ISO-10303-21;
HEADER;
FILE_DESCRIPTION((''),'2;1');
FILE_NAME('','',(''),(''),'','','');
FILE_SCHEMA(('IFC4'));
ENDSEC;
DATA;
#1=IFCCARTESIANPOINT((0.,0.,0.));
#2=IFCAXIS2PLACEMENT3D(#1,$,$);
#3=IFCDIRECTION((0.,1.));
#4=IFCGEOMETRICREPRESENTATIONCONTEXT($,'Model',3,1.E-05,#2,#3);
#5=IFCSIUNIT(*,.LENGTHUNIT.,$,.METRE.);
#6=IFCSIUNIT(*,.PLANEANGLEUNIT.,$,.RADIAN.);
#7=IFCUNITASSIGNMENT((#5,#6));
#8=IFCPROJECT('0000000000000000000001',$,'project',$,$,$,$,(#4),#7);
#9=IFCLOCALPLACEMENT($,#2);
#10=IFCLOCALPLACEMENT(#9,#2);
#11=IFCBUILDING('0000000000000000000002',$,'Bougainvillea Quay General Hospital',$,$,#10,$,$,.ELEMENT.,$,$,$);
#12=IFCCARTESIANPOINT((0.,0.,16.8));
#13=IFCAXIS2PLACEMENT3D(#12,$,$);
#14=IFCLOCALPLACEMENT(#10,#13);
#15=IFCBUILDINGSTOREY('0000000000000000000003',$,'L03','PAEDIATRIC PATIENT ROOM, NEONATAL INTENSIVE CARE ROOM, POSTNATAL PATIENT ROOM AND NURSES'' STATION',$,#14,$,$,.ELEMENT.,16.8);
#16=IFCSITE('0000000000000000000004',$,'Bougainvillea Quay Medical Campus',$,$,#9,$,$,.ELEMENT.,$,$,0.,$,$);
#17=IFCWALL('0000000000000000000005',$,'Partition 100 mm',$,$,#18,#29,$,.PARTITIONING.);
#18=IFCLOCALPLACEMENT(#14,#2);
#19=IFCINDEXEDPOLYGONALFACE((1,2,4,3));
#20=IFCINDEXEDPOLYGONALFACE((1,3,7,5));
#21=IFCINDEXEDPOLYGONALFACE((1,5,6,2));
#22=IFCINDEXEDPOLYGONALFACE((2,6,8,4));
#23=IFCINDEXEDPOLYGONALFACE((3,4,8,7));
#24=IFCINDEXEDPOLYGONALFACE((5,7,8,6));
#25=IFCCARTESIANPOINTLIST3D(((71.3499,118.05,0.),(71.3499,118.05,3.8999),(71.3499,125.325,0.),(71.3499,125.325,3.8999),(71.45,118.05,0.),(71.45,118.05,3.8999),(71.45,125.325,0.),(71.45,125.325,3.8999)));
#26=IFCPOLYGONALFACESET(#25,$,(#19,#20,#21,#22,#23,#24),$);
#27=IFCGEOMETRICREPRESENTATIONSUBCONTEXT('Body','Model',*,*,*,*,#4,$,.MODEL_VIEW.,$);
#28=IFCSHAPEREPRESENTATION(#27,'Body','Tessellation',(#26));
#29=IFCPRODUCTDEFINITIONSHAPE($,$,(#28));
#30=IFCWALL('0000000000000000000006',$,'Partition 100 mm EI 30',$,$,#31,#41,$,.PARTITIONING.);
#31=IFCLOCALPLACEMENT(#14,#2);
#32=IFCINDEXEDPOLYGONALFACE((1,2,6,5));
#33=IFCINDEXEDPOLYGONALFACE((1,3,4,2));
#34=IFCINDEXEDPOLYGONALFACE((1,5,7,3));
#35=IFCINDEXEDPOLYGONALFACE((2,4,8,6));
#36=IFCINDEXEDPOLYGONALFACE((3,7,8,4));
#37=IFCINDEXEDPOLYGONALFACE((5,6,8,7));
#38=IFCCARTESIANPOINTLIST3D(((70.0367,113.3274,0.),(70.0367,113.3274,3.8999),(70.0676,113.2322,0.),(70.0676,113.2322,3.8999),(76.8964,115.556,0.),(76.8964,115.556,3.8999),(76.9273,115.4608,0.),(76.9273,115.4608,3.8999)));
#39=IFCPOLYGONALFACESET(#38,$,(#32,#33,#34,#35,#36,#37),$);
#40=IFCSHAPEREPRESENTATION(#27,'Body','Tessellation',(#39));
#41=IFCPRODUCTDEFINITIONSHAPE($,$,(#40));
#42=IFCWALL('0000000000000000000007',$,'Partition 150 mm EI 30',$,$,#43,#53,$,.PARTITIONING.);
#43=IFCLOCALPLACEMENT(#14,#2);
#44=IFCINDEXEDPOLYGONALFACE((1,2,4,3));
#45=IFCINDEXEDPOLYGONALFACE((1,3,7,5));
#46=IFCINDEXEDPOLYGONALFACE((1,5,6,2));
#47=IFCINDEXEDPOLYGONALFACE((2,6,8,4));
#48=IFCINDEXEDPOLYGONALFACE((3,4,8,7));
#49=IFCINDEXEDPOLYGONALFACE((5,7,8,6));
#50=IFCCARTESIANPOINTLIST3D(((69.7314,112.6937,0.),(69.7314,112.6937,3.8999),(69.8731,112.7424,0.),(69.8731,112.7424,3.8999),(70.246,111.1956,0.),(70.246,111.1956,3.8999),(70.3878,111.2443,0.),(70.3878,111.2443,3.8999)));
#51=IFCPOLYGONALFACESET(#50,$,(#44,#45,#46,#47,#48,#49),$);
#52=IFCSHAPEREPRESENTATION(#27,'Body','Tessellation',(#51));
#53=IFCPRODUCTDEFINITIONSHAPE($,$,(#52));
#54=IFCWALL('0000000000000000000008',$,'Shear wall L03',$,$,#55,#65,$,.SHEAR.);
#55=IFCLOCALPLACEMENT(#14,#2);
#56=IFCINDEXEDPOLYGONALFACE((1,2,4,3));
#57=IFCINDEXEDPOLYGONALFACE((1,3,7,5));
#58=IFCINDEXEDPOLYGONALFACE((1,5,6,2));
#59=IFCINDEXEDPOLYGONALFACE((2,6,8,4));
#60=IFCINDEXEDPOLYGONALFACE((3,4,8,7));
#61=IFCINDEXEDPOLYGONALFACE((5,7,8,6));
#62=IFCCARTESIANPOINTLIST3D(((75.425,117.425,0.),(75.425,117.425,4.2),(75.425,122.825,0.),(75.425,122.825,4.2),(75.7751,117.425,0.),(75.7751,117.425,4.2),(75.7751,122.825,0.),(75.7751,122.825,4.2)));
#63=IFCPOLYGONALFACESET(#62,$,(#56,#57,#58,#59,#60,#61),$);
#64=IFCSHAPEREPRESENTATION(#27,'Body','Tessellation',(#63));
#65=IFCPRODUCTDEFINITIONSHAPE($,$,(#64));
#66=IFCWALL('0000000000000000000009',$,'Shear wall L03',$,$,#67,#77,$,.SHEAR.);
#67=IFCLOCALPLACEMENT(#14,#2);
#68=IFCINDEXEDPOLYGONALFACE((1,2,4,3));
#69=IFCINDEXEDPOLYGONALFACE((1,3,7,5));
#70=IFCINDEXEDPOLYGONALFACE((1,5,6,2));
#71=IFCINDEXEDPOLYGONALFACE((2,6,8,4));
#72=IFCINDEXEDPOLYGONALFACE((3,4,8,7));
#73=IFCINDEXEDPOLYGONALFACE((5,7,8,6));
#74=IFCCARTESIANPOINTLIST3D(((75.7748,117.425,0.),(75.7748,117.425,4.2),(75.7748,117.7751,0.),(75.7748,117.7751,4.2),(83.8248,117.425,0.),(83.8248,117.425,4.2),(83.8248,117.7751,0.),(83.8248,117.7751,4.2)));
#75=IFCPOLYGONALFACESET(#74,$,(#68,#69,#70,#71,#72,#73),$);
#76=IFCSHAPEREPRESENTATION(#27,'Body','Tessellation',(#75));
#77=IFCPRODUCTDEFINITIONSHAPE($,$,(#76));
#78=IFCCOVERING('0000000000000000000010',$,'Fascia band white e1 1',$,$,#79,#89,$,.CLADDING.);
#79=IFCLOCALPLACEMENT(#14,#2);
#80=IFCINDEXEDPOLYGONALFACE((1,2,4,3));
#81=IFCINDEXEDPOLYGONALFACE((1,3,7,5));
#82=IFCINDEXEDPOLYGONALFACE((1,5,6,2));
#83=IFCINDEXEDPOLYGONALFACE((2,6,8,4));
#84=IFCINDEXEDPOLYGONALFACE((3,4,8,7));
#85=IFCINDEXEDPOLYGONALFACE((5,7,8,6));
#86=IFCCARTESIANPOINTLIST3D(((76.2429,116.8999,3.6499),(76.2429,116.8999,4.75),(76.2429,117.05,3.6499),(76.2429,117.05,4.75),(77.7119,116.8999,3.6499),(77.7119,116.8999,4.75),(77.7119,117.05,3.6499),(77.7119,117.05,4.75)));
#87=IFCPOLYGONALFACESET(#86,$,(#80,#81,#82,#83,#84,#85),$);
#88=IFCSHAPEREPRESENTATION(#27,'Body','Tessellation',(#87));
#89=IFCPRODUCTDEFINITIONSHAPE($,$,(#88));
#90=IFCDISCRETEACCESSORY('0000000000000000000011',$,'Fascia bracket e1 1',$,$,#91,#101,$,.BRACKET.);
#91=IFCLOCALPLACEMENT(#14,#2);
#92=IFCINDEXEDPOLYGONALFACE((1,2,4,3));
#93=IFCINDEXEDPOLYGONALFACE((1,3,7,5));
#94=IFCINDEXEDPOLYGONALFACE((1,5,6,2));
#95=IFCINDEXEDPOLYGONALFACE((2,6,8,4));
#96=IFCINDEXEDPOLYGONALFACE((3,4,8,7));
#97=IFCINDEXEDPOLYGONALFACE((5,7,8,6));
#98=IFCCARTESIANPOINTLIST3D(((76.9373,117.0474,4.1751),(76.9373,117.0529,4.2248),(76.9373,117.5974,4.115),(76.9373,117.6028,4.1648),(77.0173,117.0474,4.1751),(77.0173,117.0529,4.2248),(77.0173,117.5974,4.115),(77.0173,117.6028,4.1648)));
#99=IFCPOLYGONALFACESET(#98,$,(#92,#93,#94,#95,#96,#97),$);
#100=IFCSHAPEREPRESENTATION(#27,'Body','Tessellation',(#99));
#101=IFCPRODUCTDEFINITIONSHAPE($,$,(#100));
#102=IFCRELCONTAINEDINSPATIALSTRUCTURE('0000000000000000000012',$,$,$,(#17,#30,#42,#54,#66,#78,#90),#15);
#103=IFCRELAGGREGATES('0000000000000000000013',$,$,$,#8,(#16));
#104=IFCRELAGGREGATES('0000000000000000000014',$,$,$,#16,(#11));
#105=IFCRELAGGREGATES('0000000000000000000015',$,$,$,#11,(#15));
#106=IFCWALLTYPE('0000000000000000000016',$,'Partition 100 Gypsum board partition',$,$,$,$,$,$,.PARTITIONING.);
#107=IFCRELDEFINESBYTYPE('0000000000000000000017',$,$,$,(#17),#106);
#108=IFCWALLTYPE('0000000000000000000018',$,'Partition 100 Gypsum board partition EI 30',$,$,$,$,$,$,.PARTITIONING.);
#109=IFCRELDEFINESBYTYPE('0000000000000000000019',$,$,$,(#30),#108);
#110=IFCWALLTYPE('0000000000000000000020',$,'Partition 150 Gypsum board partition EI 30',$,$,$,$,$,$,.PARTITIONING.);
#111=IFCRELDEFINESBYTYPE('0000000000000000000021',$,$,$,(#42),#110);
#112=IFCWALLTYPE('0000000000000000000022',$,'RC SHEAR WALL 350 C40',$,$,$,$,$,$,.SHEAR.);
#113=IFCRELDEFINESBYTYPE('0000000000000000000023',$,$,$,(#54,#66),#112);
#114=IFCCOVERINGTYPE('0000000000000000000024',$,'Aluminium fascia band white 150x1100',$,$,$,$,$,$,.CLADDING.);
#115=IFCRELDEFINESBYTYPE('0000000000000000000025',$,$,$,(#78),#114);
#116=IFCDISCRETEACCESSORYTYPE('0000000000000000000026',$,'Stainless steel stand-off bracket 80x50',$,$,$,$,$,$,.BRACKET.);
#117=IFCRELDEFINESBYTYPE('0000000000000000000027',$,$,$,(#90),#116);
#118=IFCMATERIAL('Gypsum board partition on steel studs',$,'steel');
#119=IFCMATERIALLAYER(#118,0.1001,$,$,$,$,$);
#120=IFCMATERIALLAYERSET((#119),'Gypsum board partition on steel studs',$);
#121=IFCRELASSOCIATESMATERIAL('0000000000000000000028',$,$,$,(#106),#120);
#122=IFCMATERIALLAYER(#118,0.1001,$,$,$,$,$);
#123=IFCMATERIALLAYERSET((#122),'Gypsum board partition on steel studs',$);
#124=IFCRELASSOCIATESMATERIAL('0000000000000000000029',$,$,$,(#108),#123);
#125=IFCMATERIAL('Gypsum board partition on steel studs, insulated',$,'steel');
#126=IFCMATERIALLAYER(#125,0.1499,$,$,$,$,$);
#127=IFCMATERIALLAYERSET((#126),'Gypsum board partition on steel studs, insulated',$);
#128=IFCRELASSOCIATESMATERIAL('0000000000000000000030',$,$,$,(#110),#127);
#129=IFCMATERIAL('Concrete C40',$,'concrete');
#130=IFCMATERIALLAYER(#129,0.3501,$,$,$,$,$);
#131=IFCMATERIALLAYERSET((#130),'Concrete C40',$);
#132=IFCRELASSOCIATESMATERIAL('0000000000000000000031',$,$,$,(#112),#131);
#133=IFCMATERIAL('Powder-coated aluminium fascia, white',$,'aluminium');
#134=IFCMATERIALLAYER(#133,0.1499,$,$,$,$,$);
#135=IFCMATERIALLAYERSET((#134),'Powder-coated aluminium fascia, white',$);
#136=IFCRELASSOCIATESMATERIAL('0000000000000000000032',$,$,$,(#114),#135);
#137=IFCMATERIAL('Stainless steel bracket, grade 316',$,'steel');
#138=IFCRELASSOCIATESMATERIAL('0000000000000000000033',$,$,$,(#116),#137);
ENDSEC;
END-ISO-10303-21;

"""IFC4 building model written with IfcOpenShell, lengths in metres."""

from ifc_helpers import new_model, si_unit, direction, frame, frame_2d, origin, origin_2d, place, context, subcontext, project, spatial, polyline, rectangle, outline, extrude, material, layer, layer_set, material_profile, profile_set, type_object, element, save


model = new_model("IFC4")

# Units and contexts
model_context = context("Model", 3, precision=1e-05, world=origin(), true_north=direction((0.0, 1.0)))
body_context = subcontext(model_context, "Body", "Model", "MODEL_VIEW")
ifc_project = project(units=[si_unit("LENGTHUNIT", "METRE"), si_unit("PLANEANGLEUNIT", "RADIAN")], contexts=[model_context])

# Site, building, storey
site_placement = place(None, origin())
site = spatial("IfcSite", under=ifc_project, at=site_placement, Name="Bougainvillea Quay Medical Campus", CompositionType="ELEMENT", RefElevation=0.0)
building_placement = place(site_placement, origin())
building = spatial("IfcBuilding", under=site, at=building_placement, Name="Bougainvillea Quay General Hospital", CompositionType="ELEMENT")
storey_placement = place(building_placement, frame((0.0, 0.0, 16.8)))
storey = spatial("IfcBuildingStorey", under=building, at=storey_placement, Name="L03", Description="PAEDIATRIC PATIENT ROOM, NEONATAL INTENSIVE CARE ROOM, POSTNATAL PATIENT ROOM AND NURSES' STATION", CompositionType="ELEMENT", Elevation=16.8)

# Shared definitions
ifc_material_1 = material(Name="Concrete C40", Category="concrete")

# Walls
ifc_material_2 = material(Name="Gypsum board partition on steel studs", Category="steel")
ifc_layer_1 = layer(ifc_material_2, 0.1001)
ifc_layer_set_1 = layer_set([ifc_layer_1], Name="Gypsum board partition on steel studs")
wall_type_1 = type_object("IfcWallType", Name="Partition 100 Gypsum board partition", PredefinedType="PARTITIONING", material=ifc_layer_set_1)
wall_1_placement = place(storey_placement, frame((71.3999, 118.05, 0.0), z_axis=(0.0, 0.0, 1.0), x_axis=(0.0, 1.0, 0.0)))
element("IfcWall", 1, at=wall_1_placement, inside=storey, type_object=wall_type_1, Name="Partition 100 mm", PredefinedType="PARTITIONING", context=body_context, shape_type="SweptSolid", body=[
    extrude(rectangle(XDim=7.2749, YDim=0.1001, at=frame_2d((3.6375, 0.0))), origin(), (0.0, 0.0, 1.0), 3.8999),
])
ifc_layer_2 = layer(ifc_material_2, 0.1001)
ifc_layer_set_2 = layer_set([ifc_layer_2], Name="Gypsum board partition on steel studs")
wall_type_2 = type_object("IfcWallType", Name="Partition 100 Gypsum board partition EI 30", PredefinedType="PARTITIONING", material=ifc_layer_set_2)
wall_2_placement = place(storey_placement, frame((70.052, 113.2798, 0.0), z_axis=(0.0, 0.0, 1.0), x_axis=(0.951069, 0.308978, 0.0)))
element("IfcWall", 2, at=wall_2_placement, inside=storey, type_object=wall_type_2, Name="Partition 100 mm EI 30", PredefinedType="PARTITIONING", context=body_context, shape_type="SweptSolid", body=[
    extrude(rectangle(XDim=7.2126, YDim=0.1001, at=frame_2d((3.6064, 0.0))), origin(), (0.0, 0.0, 1.0), 3.8999),
])
ifc_material_3 = material(Name="Gypsum board partition on steel studs, insulated", Category="steel")
ifc_layer_3 = layer(ifc_material_3, 0.1499)
ifc_layer_set_3 = layer_set([ifc_layer_3], Name="Gypsum board partition on steel studs, insulated")
wall_type_3 = type_object("IfcWallType", Name="Partition 150 Gypsum board partition EI 30", PredefinedType="PARTITIONING", material=ifc_layer_set_3)
wall_3_placement = place(storey_placement, frame((69.8022, 112.718, 0.0), z_axis=(0.0, 0.0, 1.0), x_axis=(0.324907, -0.945746, 0.0)))
element("IfcWall", 3, at=wall_3_placement, inside=storey, type_object=wall_type_3, Name="Partition 150 mm EI 30", PredefinedType="PARTITIONING", context=body_context, shape_type="SweptSolid", body=[
    extrude(rectangle(XDim=1.584, YDim=0.1499, at=frame_2d((0.792, 0.0))), origin(), (0.0, 0.0, 1.0), 3.8999),
])
ifc_layer_4 = layer(ifc_material_1, 0.3501)
ifc_layer_set_4 = layer_set([ifc_layer_4], Name="Concrete C40")
wall_type_4 = type_object("IfcWallType", Name="RC SHEAR WALL 350 C40", PredefinedType="SHEAR", material=ifc_layer_set_4)
wall_4_placement = place(storey_placement, frame((75.6001, 117.425, 0.0), z_axis=(0.0, 0.0, 1.0), x_axis=(0.0, 1.0, 0.0)))
element("IfcWall", 4, at=wall_4_placement, inside=storey, type_object=wall_type_4, Name="Shear wall L03", PredefinedType="SHEAR", context=body_context, shape_type="SweptSolid", body=[
    extrude(rectangle(XDim=5.3999, YDim=0.3501, at=frame_2d((2.7, 0.0))), origin(), (0.0, 0.0, 1.0), 4.2),
])
wall_5_placement = place(storey_placement, frame((75.7749, 117.6001, 0.0), z_axis=(0.0, 0.0, 1.0), x_axis=(1.0, 0.0, 0.0)))
element("IfcWall", 5, at=wall_5_placement, inside=storey, type_object=wall_type_4, Name="Shear wall L03", PredefinedType="SHEAR", context=body_context, shape_type="SweptSolid", body=[
    extrude(rectangle(XDim=8.05, YDim=0.3501, at=frame_2d((4.0249, 0.0))), origin(), (0.0, 0.0, 1.0), 4.2),
])

# Covering
ifc_material_4 = material(Name="Powder-coated aluminium fascia, white", Category="aluminium")
ifc_layer_5 = layer(ifc_material_4, 0.1499)
ifc_layer_set_5 = layer_set([ifc_layer_5], Name="Powder-coated aluminium fascia, white")
covering_type = type_object("IfcCoveringType", Name="Aluminium fascia band white 150x1100", PredefinedType="CLADDING", material=ifc_layer_set_5)
covering_placement = place(storey_placement, frame((76.2429, 117.05, 3.6499), z_axis=(0.0, 0.0, 1.0), x_axis=(1.0, 0.0, 0.0)))
element("IfcCovering", 6, at=covering_placement, inside=storey, type_object=covering_type, Name="Fascia band white e1 1", PredefinedType="CLADDING", context=body_context, shape_type="SweptSolid", body=[
    extrude(outline(polyline([(0.0, 0.0), (1.469, 0.0), (1.469, -0.1501), (0.0, -0.1501), (0.0, 0.0)])), origin(), (0.0, 0.0, 1.0), 1.1001),
])

# Discrete accessory
ifc_material_5 = material(Name="Stainless steel bracket, grade 316", Category="steel")
ifc_material_profile_1 = material_profile(ifc_material_5, rectangle(XDim=0.0801, YDim=0.05, at=origin_2d()))
ifc_profile_set_1 = profile_set([ifc_material_profile_1], Name="Stainless steel bracket, grade 316")
discrete_accessory_type = type_object("IfcDiscreteAccessoryType", Name="Stainless steel stand-off bracket 80x50", PredefinedType="BRACKET", material=ifc_profile_set_1)
discrete_accessory_placement = place(storey_placement, frame((76.9773, 117.6001, 4.1399), z_axis=(0.0, -0.994092, 0.108543), x_axis=(1.0, 0.0, 0.0)))
element("IfcDiscreteAccessory", 7, at=discrete_accessory_placement, inside=storey, type_object=discrete_accessory_type, Name="Fascia bracket e1 1", PredefinedType="BRACKET", context=body_context, shape_type="SweptSolid", body=[
    extrude(rectangle(XDim=0.0801, YDim=0.05, at=origin_2d()), origin(), (0.0, 0.0, 1.0), 0.5532),
])

save(model, "model.ifc")
